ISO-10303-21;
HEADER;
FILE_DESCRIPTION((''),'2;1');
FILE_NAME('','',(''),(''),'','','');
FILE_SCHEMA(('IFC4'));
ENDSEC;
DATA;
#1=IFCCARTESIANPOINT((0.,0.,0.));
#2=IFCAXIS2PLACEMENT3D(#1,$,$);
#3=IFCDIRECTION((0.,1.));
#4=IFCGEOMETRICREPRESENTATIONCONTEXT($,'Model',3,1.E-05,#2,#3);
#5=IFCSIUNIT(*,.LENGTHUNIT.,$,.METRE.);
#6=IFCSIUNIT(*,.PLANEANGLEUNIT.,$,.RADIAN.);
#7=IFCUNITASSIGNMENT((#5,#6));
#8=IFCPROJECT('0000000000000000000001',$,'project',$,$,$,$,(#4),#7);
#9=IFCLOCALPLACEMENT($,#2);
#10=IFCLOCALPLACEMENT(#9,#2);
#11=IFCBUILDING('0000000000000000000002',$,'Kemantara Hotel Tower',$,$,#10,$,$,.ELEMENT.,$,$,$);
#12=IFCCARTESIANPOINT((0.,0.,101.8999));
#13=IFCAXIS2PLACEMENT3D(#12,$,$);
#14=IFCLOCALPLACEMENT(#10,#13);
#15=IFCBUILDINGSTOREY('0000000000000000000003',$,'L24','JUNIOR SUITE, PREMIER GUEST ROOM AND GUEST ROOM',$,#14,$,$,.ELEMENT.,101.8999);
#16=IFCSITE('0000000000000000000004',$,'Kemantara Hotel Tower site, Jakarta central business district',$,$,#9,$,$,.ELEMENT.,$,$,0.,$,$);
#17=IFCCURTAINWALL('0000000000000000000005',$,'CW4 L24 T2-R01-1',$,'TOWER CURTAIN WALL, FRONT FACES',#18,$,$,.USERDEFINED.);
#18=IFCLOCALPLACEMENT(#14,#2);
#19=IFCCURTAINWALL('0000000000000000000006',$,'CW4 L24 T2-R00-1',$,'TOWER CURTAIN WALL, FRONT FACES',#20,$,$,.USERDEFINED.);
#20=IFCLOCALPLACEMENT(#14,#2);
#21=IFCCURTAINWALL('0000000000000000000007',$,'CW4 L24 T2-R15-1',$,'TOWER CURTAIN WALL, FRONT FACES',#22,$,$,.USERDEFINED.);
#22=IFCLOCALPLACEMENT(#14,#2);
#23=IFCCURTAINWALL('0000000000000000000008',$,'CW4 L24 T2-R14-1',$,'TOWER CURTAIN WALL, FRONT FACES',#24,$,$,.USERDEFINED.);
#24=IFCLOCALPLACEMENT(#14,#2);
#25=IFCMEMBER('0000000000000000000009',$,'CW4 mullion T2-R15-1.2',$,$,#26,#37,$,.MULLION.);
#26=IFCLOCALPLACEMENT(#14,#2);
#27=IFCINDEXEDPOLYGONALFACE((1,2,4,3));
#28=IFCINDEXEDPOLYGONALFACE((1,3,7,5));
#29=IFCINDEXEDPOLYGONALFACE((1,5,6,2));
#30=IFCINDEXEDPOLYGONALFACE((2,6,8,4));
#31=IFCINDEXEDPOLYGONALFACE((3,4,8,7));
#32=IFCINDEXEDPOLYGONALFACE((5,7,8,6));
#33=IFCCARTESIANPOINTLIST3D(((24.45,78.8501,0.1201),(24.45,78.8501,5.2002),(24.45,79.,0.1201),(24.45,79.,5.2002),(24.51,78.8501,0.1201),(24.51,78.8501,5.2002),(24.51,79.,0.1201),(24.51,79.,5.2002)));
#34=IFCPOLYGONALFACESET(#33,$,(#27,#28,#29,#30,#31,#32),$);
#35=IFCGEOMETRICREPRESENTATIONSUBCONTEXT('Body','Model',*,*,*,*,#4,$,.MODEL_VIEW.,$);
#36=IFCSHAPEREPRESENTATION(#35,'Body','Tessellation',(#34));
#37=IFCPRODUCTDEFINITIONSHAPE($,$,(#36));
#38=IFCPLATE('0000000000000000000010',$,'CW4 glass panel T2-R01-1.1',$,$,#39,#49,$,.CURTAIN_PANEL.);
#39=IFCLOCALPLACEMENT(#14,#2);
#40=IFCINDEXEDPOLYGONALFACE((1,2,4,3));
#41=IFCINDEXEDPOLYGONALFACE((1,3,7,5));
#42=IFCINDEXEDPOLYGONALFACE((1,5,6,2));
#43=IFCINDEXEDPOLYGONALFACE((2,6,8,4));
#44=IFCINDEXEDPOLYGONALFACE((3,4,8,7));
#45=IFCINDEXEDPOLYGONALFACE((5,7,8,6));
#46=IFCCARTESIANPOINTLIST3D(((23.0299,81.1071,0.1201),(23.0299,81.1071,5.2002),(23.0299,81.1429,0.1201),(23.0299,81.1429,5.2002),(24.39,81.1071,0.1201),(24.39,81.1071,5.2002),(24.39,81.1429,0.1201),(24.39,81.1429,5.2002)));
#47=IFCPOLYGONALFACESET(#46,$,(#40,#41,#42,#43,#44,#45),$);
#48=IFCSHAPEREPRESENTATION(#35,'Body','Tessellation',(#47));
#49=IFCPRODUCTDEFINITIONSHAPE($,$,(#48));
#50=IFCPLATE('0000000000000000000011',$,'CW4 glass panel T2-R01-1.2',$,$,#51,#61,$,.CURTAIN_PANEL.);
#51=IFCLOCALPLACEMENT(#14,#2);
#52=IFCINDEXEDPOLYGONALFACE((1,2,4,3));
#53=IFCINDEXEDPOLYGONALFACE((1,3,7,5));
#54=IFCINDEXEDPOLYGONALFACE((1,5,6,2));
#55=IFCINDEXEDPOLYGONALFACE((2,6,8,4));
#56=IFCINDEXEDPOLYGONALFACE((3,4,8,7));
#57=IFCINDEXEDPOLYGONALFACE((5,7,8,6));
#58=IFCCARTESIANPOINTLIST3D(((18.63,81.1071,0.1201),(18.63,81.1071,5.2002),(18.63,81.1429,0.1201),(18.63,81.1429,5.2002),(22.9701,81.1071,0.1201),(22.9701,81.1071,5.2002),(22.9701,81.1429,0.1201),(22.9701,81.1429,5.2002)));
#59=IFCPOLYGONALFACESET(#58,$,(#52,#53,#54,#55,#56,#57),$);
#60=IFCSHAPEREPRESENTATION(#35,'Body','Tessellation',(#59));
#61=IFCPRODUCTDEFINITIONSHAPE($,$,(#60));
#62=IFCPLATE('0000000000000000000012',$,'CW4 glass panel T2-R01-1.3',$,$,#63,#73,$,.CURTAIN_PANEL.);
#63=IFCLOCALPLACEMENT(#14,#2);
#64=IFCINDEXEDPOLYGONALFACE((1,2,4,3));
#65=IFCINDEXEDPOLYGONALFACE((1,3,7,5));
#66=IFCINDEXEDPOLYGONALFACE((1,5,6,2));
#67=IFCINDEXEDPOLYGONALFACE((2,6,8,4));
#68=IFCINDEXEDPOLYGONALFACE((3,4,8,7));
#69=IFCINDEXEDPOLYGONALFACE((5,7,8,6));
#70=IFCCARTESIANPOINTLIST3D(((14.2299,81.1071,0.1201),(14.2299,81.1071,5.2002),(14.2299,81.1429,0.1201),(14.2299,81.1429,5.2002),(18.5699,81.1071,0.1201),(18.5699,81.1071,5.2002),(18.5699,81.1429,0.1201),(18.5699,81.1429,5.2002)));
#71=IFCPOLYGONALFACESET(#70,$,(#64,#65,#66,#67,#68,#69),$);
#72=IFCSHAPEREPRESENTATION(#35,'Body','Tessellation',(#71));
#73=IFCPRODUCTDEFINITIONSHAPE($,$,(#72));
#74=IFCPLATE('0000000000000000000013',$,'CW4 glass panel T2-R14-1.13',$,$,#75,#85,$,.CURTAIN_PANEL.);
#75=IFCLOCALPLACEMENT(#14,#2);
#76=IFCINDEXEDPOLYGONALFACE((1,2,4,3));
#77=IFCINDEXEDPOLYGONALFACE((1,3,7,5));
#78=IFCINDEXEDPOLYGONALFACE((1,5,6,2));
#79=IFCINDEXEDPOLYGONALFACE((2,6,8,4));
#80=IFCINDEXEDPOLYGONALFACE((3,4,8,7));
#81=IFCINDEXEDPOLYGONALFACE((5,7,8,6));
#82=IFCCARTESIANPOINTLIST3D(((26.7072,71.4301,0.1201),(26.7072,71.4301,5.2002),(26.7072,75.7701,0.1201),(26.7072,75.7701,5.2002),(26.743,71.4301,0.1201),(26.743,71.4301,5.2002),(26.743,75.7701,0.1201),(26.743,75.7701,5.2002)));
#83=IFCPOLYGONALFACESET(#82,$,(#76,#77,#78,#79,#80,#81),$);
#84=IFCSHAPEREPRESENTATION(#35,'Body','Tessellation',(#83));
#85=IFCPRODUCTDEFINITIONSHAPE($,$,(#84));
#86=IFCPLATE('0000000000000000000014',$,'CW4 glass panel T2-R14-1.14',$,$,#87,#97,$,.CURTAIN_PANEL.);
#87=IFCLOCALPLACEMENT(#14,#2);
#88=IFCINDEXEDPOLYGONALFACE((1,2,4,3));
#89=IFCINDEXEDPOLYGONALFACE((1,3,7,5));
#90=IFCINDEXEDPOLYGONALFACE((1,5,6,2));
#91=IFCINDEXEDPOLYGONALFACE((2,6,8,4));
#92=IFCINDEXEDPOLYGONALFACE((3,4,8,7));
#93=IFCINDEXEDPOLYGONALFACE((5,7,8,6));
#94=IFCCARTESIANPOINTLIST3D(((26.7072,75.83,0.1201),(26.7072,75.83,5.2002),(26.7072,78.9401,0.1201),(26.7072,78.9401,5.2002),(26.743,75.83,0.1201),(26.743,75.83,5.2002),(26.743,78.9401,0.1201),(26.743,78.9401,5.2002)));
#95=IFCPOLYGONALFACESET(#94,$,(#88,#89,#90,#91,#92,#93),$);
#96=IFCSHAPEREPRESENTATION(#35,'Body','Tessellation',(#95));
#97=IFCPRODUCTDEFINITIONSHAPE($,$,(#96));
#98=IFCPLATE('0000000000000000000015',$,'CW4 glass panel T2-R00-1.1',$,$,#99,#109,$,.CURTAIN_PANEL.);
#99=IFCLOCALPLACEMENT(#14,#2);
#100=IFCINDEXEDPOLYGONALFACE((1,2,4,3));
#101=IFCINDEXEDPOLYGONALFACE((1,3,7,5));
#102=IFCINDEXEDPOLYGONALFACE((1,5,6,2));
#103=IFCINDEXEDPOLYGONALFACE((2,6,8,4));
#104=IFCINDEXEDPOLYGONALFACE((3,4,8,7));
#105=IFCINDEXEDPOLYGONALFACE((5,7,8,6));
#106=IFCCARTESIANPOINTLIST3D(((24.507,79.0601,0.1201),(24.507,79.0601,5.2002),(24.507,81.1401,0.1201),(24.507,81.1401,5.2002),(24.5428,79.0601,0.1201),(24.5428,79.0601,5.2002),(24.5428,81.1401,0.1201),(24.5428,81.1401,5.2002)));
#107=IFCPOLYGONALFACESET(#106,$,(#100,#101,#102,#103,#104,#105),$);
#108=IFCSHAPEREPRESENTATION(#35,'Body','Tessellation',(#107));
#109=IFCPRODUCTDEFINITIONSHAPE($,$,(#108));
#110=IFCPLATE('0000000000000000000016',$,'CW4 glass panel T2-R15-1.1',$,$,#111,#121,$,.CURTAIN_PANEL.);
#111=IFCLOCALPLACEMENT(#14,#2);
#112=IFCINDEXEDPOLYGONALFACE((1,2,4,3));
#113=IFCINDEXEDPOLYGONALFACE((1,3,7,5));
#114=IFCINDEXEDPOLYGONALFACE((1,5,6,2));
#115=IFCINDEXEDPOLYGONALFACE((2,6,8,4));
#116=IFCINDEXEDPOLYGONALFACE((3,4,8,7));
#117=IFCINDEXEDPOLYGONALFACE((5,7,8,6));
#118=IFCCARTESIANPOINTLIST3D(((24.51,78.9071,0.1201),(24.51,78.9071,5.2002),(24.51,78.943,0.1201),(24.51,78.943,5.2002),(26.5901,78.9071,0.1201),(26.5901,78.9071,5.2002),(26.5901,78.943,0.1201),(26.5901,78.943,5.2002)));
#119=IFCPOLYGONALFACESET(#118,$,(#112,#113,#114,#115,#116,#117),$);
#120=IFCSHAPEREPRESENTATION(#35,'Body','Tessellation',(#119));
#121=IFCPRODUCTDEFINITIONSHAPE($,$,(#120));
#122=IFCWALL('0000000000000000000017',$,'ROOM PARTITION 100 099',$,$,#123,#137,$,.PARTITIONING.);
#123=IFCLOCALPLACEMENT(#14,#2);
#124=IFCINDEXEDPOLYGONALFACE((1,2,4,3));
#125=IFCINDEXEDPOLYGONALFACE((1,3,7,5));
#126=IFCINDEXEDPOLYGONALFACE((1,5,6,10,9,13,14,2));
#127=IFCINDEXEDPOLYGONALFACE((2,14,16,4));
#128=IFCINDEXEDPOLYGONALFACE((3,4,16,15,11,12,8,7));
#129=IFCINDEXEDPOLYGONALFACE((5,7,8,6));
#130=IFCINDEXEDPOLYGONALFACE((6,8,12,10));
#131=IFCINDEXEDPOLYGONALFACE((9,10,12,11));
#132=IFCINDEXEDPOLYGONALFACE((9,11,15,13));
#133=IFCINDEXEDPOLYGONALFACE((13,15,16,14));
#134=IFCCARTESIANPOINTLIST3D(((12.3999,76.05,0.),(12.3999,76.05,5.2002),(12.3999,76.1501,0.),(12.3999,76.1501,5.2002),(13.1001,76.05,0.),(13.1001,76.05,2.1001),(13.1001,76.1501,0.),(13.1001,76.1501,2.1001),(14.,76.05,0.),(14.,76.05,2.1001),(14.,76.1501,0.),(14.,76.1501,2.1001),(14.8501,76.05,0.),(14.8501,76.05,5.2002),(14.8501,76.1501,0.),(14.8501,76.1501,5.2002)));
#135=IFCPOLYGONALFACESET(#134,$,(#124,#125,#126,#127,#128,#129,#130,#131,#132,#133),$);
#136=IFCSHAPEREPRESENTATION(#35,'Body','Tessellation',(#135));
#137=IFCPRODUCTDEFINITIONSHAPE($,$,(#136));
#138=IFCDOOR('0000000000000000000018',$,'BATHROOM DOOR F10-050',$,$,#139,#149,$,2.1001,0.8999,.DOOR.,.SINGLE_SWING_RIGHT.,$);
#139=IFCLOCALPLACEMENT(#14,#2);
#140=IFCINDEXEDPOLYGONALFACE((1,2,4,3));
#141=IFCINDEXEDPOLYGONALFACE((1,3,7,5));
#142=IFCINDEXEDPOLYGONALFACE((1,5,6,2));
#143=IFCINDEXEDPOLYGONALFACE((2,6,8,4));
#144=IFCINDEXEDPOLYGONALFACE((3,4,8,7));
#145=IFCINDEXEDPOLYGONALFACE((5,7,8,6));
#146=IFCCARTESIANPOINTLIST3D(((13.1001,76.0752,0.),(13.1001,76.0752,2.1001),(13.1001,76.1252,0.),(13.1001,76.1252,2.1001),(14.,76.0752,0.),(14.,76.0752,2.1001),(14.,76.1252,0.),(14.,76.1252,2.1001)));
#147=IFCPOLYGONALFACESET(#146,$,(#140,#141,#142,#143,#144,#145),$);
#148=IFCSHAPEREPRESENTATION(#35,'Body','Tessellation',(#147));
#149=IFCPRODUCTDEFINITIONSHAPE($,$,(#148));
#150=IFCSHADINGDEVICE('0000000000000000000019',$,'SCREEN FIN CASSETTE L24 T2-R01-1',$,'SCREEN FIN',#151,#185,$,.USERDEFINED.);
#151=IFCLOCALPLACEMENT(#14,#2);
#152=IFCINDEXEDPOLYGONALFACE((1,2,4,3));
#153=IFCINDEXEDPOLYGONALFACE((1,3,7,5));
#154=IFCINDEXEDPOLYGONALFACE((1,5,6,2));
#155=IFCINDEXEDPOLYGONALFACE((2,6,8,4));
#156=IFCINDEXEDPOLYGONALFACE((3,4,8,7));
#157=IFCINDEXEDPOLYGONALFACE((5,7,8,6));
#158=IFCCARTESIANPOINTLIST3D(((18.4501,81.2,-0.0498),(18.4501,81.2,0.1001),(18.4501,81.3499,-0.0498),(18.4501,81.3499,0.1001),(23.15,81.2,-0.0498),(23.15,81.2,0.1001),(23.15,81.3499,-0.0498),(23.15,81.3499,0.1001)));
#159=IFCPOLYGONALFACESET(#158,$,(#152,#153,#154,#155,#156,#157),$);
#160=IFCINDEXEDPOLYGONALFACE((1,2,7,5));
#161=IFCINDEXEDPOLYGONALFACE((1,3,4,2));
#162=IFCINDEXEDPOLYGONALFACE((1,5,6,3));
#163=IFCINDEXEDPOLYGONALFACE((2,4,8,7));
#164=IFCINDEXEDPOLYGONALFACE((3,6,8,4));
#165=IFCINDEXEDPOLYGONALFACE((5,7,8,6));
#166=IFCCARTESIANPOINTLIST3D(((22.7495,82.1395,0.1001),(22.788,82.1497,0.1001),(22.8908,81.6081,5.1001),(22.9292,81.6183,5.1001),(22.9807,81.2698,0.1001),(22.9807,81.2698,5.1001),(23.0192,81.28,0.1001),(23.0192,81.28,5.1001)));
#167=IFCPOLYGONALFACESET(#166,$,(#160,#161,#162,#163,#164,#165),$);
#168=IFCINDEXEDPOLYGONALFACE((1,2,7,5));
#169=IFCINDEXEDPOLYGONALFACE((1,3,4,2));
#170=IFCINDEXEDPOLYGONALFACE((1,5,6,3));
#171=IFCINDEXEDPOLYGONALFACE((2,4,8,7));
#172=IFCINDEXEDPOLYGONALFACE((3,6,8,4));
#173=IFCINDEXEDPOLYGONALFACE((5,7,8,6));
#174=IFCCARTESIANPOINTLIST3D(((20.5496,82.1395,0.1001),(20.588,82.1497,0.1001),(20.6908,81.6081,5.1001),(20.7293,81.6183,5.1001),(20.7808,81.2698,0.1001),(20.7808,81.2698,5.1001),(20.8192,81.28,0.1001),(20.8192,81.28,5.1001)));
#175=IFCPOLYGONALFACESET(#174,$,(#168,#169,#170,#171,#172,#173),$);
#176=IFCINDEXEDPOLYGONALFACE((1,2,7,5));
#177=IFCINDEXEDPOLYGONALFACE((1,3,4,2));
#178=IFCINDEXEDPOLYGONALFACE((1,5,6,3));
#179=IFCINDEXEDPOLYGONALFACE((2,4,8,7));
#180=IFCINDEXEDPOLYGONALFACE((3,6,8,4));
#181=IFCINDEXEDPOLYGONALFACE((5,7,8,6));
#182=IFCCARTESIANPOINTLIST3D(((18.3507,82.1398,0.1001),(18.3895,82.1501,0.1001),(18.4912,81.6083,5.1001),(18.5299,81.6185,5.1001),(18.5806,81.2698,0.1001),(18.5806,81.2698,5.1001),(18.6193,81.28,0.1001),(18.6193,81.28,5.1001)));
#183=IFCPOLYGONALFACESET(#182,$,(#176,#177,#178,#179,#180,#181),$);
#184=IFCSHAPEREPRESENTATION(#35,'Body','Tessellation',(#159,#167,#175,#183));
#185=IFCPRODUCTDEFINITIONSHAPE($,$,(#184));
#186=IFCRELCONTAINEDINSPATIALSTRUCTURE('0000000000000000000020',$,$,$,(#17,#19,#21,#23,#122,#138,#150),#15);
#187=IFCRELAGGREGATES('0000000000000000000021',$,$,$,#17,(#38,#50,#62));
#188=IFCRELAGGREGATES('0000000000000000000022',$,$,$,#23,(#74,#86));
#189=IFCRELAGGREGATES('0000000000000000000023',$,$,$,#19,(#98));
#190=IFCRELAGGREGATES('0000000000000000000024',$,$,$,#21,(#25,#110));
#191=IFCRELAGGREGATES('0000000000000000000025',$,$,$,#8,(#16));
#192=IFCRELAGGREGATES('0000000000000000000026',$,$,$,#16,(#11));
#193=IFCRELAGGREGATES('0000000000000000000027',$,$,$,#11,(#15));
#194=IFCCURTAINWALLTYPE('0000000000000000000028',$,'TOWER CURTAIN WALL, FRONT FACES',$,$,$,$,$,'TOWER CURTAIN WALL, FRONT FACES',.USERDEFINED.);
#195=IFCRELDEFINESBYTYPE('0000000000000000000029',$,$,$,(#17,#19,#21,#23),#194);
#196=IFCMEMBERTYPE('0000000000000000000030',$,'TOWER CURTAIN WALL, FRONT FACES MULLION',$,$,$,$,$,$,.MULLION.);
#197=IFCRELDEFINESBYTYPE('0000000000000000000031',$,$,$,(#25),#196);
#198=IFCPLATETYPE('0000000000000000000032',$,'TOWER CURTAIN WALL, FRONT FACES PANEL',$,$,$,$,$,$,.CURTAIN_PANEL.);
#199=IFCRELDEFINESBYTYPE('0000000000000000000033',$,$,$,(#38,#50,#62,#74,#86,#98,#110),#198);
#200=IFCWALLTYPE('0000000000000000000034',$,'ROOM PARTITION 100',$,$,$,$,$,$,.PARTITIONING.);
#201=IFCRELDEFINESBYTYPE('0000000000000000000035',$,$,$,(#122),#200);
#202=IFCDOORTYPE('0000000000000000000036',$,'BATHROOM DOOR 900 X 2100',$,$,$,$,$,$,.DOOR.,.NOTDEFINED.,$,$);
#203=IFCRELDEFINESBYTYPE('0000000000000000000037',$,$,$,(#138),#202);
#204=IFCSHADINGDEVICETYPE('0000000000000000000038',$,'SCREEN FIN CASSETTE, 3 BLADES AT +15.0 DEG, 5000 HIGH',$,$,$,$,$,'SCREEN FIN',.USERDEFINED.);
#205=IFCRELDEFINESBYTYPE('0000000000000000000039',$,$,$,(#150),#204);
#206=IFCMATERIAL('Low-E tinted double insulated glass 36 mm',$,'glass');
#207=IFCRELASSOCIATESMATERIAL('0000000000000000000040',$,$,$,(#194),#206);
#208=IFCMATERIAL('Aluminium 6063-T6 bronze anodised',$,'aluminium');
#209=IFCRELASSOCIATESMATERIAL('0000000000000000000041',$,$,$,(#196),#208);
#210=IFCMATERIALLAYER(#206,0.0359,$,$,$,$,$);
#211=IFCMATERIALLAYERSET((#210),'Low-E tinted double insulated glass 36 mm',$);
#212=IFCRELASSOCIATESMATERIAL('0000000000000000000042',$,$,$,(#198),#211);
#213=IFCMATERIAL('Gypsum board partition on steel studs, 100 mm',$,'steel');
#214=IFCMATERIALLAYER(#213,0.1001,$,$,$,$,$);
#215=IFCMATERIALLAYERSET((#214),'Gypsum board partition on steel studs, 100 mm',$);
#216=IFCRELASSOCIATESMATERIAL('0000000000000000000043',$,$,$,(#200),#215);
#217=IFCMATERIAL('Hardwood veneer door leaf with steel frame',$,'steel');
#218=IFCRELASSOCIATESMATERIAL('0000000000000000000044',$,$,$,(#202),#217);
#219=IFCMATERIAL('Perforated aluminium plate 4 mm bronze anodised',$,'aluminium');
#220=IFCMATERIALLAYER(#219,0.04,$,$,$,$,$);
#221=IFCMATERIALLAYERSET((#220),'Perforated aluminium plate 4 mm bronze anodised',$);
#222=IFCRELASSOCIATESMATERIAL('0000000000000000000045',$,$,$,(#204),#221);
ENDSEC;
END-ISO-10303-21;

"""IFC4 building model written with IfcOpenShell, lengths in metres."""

from ifc_helpers import new_model, si_unit, direction, frame, frame_2d, origin, origin_2d, place, context, subcontext, project, spatial, polyline, rectangle, outline, extrude, source, transform, mapped, material, layer, layer_set, material_profile, profile_set, type_object, element, fill, aggregate, save


model = new_model("IFC4")

# Units and contexts
model_context = context("Model", 3, precision=1e-05, world=origin(), true_north=direction((0.0, 1.0)))
body_context = subcontext(model_context, "Body", "Model", "MODEL_VIEW")
ifc_project = project(units=[si_unit("LENGTHUNIT", "METRE"), si_unit("PLANEANGLEUNIT", "RADIAN")], contexts=[model_context])

# Site, building, storey
site_placement = place(None, origin())
site = spatial("IfcSite", under=ifc_project, at=site_placement, Name="Kemantara Hotel Tower site, Jakarta central business district", CompositionType="ELEMENT", RefElevation=0.0)
building_placement = place(site_placement, origin())
building = spatial("IfcBuilding", under=site, at=building_placement, Name="Kemantara Hotel Tower", CompositionType="ELEMENT")
storey_placement = place(building_placement, frame((0.0, 0.0, 101.8999)))
storey = spatial("IfcBuildingStorey", under=building, at=storey_placement, Name="L24", Description="JUNIOR SUITE, PREMIER GUEST ROOM AND GUEST ROOM", CompositionType="ELEMENT", Elevation=101.8999)

# Curtain walls
ifc_material_1 = material(Name="Low-E tinted double insulated glass 36 mm", Category="glass")
curtain_wall_type = type_object("IfcCurtainWallType", Name="TOWER CURTAIN WALL, FRONT FACES", ElementType="TOWER CURTAIN WALL, FRONT FACES", PredefinedType="USERDEFINED", material=ifc_material_1)
curtain_wall_1_placement = place(storey_placement, origin())
curtain_wall_1 = element("IfcCurtainWall", 1, at=curtain_wall_1_placement, inside=storey, type_object=curtain_wall_type, Name="CW4 L24 T2-R01-1", ObjectType="TOWER CURTAIN WALL, FRONT FACES", PredefinedType="USERDEFINED")
ifc_material_2 = material(Name="Aluminium 6063-T6 bronze anodised", Category="aluminium")
curtain_wall_2_placement = place(storey_placement, origin())
curtain_wall_2 = element("IfcCurtainWall", 2, at=curtain_wall_2_placement, inside=storey, type_object=curtain_wall_type, Name="CW4 L24 T2-R00-1", ObjectType="TOWER CURTAIN WALL, FRONT FACES", PredefinedType="USERDEFINED")
curtain_wall_3_placement = place(storey_placement, origin())
curtain_wall_3 = element("IfcCurtainWall", 3, at=curtain_wall_3_placement, inside=storey, type_object=curtain_wall_type, Name="CW4 L24 T2-R15-1", ObjectType="TOWER CURTAIN WALL, FRONT FACES", PredefinedType="USERDEFINED")

# Shared definitions
ifc_material_profile_1 = material_profile(ifc_material_2, rectangle(XDim=0.1499, YDim=0.0601, at=origin_2d()), Name="TOWER CURTAIN WALL, FRONT FACES MULLION")
ifc_profile_set_1 = profile_set([ifc_material_profile_1], Name="Aluminium 6063-T6 bronze anodised")
member_type_1 = type_object("IfcMemberType", Name="TOWER CURTAIN WALL, FRONT FACES MULLION", PredefinedType="MULLION", material=ifc_profile_set_1)
shared_shape_1 = source(origin(), body_context, "Body", "SweptSolid", [
    extrude(rectangle(XDim=0.1499, YDim=0.0601, at=origin_2d()), origin(), (0.0, 0.0, 1.0), 5.0801),
])

# Curtain wall
curtain_wall_4_placement = place(storey_placement, origin())
curtain_wall_4 = element("IfcCurtainWall", 4, at=curtain_wall_4_placement, inside=storey, type_object=curtain_wall_type, Name="CW4 L24 T2-R14-1", ObjectType="TOWER CURTAIN WALL, FRONT FACES", PredefinedType="USERDEFINED")

# Member
member_1_placement = place(storey_placement, frame((24.48, 78.925, 0.1201), z_axis=(0.0, 0.0, 1.0), x_axis=(0.0, -1.0, 0.0)))
member_1 = element("IfcMember", 5, at=member_1_placement, type_object=member_type_1, Name="CW4 mullion T2-R15-1.2", PredefinedType="MULLION", context=body_context, shape_type="MappedRepresentation", body=[
    mapped(shared_shape_1, transform((0.0, 0.0, 0.0))),
])

# Plates
ifc_layer_1 = layer(ifc_material_1, 0.0359)
ifc_layer_set_1 = layer_set([ifc_layer_1], Name="Low-E tinted double insulated glass 36 mm")
plate_type = type_object("IfcPlateType", Name="TOWER CURTAIN WALL, FRONT FACES PANEL", PredefinedType="CURTAIN_PANEL", material=ifc_layer_set_1)
shared_shape_2 = source(origin(), body_context, "Body", "SweptSolid", [
    extrude(rectangle(XDim=1.3601, YDim=0.0359, at=origin_2d()), origin(), (0.0, 0.0, 1.0), 5.0801),
])
plate_1_placement = place(storey_placement, frame((23.71, 81.125, 0.1201), z_axis=(0.0, 0.0, 1.0), x_axis=(-1.0, 0.0, 0.0)))
plate_1 = element("IfcPlate", 6, at=plate_1_placement, type_object=plate_type, Name="CW4 glass panel T2-R01-1.1", PredefinedType="CURTAIN_PANEL", context=body_context, shape_type="MappedRepresentation", body=[
    mapped(shared_shape_2, transform((0.0, 0.0, 0.0))),
])
shared_shape_3 = source(origin(), body_context, "Body", "SweptSolid", [
    extrude(rectangle(XDim=4.3401, YDim=0.0359, at=origin_2d()), origin(), (0.0, 0.0, 1.0), 5.0801),
])
plate_2_placement = place(storey_placement, frame((20.8, 81.125, 0.1201), z_axis=(0.0, 0.0, 1.0), x_axis=(-1.0, 0.0, 0.0)))
plate_2 = element("IfcPlate", 7, at=plate_2_placement, type_object=plate_type, Name="CW4 glass panel T2-R01-1.2", PredefinedType="CURTAIN_PANEL", context=body_context, shape_type="MappedRepresentation", body=[
    mapped(shared_shape_3, transform((0.0, 0.0, 0.0))),
])
plate_3_placement = place(storey_placement, frame((16.3999, 81.125, 0.1201), z_axis=(0.0, 0.0, 1.0), x_axis=(-1.0, 0.0, 0.0)))
plate_3 = element("IfcPlate", 8, at=plate_3_placement, type_object=plate_type, Name="CW4 glass panel T2-R01-1.3", PredefinedType="CURTAIN_PANEL", context=body_context, shape_type="MappedRepresentation", body=[
    mapped(shared_shape_3, transform((0.0, 0.0, 0.0))),
])
aggregate(curtain_wall_1, [plate_1, plate_2, plate_3])
plate_4_placement = place(storey_placement, frame((26.7251, 73.6001, 0.1201), z_axis=(0.0, 0.0, 1.0), x_axis=(0.0, 1.0, 0.0)))
plate_4 = element("IfcPlate", 9, at=plate_4_placement, type_object=plate_type, Name="CW4 glass panel T2-R14-1.13", PredefinedType="CURTAIN_PANEL", context=body_context, shape_type="MappedRepresentation", body=[
    mapped(shared_shape_3, transform((0.0, 0.0, 0.0))),
])
shared_shape_4 = source(origin(), body_context, "Body", "SweptSolid", [
    extrude(rectangle(XDim=3.1101, YDim=0.0359, at=origin_2d()), origin(), (0.0, 0.0, 1.0), 5.0801),
])
plate_5_placement = place(storey_placement, frame((26.7251, 77.385, 0.1201), z_axis=(0.0, 0.0, 1.0), x_axis=(0.0, 1.0, 0.0)))
plate_5 = element("IfcPlate", 10, at=plate_5_placement, type_object=plate_type, Name="CW4 glass panel T2-R14-1.14", PredefinedType="CURTAIN_PANEL", context=body_context, shape_type="MappedRepresentation", body=[
    mapped(shared_shape_4, transform((0.0, 0.0, 0.0))),
])
aggregate(curtain_wall_4, [plate_4, plate_5])
shared_shape_5 = source(origin(), body_context, "Body", "SweptSolid", [
    extrude(rectangle(XDim=2.0801, YDim=0.0359, at=origin_2d()), origin(), (0.0, 0.0, 1.0), 5.0801),
])
plate_6_placement = place(storey_placement, frame((24.5249, 80.1001, 0.1201), z_axis=(0.0, 0.0, 1.0), x_axis=(0.0, 1.0, 0.0)))
plate_6 = element("IfcPlate", 11, at=plate_6_placement, type_object=plate_type, Name="CW4 glass panel T2-R00-1.1", PredefinedType="CURTAIN_PANEL", context=body_context, shape_type="MappedRepresentation", body=[
    mapped(shared_shape_5, transform((0.0, 0.0, 0.0))),
])
aggregate(curtain_wall_2, [plate_6])
plate_7_placement = place(storey_placement, frame((25.55, 78.925, 0.1201), z_axis=(0.0, 0.0, 1.0), x_axis=(-1.0, 0.0, 0.0)))
plate_7 = element("IfcPlate", 12, at=plate_7_placement, type_object=plate_type, Name="CW4 glass panel T2-R15-1.1", PredefinedType="CURTAIN_PANEL", context=body_context, shape_type="MappedRepresentation", body=[
    mapped(shared_shape_5, transform((0.0, 0.0, 0.0))),
])
aggregate(curtain_wall_3, [member_1, plate_7])

# Wall, opening, door
ifc_material_3 = material(Name="Gypsum board partition on steel studs, 100 mm", Category="steel")
ifc_layer_2 = layer(ifc_material_3, 0.1001)
ifc_layer_set_2 = layer_set([ifc_layer_2], Name="Gypsum board partition on steel studs, 100 mm")
wall_type = type_object("IfcWallType", Name="ROOM PARTITION 100", PredefinedType="PARTITIONING", material=ifc_layer_set_2)
wall_placement = place(storey_placement, frame((14.8501, 76.1001, 0.0), z_axis=(0.0, 0.0, 1.0), x_axis=(-1.0, 0.0, 0.0)))
wall = element("IfcWall", 13, at=wall_placement, inside=storey, type_object=wall_type, Name="ROOM PARTITION 100 099", PredefinedType="PARTITIONING", context=body_context, shape_type="SweptSolid", body=[
    extrude(rectangle(XDim=2.4502, YDim=0.1001, at=frame_2d((1.2251, 0.0))), origin(), (0.0, 0.0, 1.0), 5.2002),
])
opening_placement = place(wall_placement, frame((0.8501, 0.0, 0.0)))
opening = element("IfcOpeningElement", 14, at=opening_placement, cuts=wall, PredefinedType="OPENING", context=body_context, shape_type="SweptSolid", body=[
    extrude(rectangle(XDim=0.8999, YDim=2.1001, at=frame_2d((0.45, 1.05))), frame((0.0, 0.0601, 0.0), z_axis=(0.0, -1.0, 0.0), x_axis=(1.0, 0.0, 0.0)), (0.0, 0.0, 1.0), 0.1201),
])
ifc_material_4 = material(Name="Hardwood veneer door leaf with steel frame", Category="steel")
door_type = type_object("IfcDoorType", Name="BATHROOM DOOR 900 X 2100", OperationType="NOTDEFINED", PredefinedType="DOOR", material=ifc_material_4)
door_placement = place(opening_placement, origin())
door = element("IfcDoor", 15, at=door_placement, inside=storey, type_object=door_type, Name="BATHROOM DOOR F10-050", OperationType="SINGLE_SWING_RIGHT", OverallHeight=2.1001, OverallWidth=0.8999, PredefinedType="DOOR", context=body_context, shape_type="SweptSolid", body=[
    extrude(rectangle(XDim=0.8999, YDim=2.1001, at=frame_2d((0.45, 1.05))), frame((0.0, 0.0249, 0.0), z_axis=(0.0, -1.0, 0.0), x_axis=(1.0, 0.0, 0.0)), (0.0, 0.0, 1.0), 0.05),
])
fill(opening, door)

# Shading device
ifc_material_5 = material(Name="Perforated aluminium plate 4 mm bronze anodised", Category="aluminium")
ifc_layer_3 = layer(ifc_material_5, 0.04)
ifc_layer_set_3 = layer_set([ifc_layer_3], Name="Perforated aluminium plate 4 mm bronze anodised")
shading_device_type_1 = type_object("IfcShadingDeviceType", Name="SCREEN FIN CASSETTE, 3 BLADES AT +15.0 DEG, 5000 HIGH", ElementType="SCREEN FIN", PredefinedType="USERDEFINED", material=ifc_layer_set_3)
shared_shape_6 = source(origin(), body_context, "Body", "SweptSolid", [
    extrude(rectangle(XDim=4.7, YDim=0.1499, at=origin_2d()), frame((2.2, -0.075, -0.1499), z_axis=(0.0, 0.0, 1.0), x_axis=(1.0, 0.0, 0.0)), (0.0, 0.0, 1.0), 0.1499),
    extrude(outline(polyline([(0.0, 0.0), (0.8999, 0.0), (0.3501, 5.0), (0.0, 5.0), (0.0, 0.0)])), frame((0.0193, -0.0698, 0.0), z_axis=(-0.966438, -0.256901, 0.0), x_axis=(0.256901, -0.966438, 0.0)), (0.0, 0.0, 1.0), 0.0398),
    extrude(outline(polyline([(0.0, 0.0), (0.8999, 0.0), (0.3501, 5.0), (0.0, 5.0), (0.0, 0.0)])), frame((2.2192, -0.0698, 0.0), z_axis=(-0.966438, -0.256901, 0.0), x_axis=(0.256901, -0.966438, 0.0)), (0.0, 0.0, 1.0), 0.0398),
    extrude(outline(polyline([(0.0, 0.0), (0.8999, 0.0), (0.3501, 5.0), (0.0, 5.0), (0.0, 0.0)])), frame((4.4194, -0.0698, 0.0), z_axis=(-0.966838, -0.255391, 0.0), x_axis=(0.255391, -0.966838, 0.0)), (0.0, 0.0, 1.0), 0.04),
])
shading_device_1_placement = place(storey_placement, frame((23.0, 81.2, 0.1001), z_axis=(0.0, 0.0, 1.0), x_axis=(-1.0, 0.0, 0.0)))
element("IfcShadingDevice", 16, at=shading_device_1_placement, inside=storey, type_object=shading_device_type_1, Name="SCREEN FIN CASSETTE L24 T2-R01-1", ObjectType="SCREEN FIN", PredefinedType="USERDEFINED", context=body_context, shape_type="MappedRepresentation", body=[
    mapped(shared_shape_6, transform((0.0, 0.0, 0.0))),
])

save(model, "model.ifc")
